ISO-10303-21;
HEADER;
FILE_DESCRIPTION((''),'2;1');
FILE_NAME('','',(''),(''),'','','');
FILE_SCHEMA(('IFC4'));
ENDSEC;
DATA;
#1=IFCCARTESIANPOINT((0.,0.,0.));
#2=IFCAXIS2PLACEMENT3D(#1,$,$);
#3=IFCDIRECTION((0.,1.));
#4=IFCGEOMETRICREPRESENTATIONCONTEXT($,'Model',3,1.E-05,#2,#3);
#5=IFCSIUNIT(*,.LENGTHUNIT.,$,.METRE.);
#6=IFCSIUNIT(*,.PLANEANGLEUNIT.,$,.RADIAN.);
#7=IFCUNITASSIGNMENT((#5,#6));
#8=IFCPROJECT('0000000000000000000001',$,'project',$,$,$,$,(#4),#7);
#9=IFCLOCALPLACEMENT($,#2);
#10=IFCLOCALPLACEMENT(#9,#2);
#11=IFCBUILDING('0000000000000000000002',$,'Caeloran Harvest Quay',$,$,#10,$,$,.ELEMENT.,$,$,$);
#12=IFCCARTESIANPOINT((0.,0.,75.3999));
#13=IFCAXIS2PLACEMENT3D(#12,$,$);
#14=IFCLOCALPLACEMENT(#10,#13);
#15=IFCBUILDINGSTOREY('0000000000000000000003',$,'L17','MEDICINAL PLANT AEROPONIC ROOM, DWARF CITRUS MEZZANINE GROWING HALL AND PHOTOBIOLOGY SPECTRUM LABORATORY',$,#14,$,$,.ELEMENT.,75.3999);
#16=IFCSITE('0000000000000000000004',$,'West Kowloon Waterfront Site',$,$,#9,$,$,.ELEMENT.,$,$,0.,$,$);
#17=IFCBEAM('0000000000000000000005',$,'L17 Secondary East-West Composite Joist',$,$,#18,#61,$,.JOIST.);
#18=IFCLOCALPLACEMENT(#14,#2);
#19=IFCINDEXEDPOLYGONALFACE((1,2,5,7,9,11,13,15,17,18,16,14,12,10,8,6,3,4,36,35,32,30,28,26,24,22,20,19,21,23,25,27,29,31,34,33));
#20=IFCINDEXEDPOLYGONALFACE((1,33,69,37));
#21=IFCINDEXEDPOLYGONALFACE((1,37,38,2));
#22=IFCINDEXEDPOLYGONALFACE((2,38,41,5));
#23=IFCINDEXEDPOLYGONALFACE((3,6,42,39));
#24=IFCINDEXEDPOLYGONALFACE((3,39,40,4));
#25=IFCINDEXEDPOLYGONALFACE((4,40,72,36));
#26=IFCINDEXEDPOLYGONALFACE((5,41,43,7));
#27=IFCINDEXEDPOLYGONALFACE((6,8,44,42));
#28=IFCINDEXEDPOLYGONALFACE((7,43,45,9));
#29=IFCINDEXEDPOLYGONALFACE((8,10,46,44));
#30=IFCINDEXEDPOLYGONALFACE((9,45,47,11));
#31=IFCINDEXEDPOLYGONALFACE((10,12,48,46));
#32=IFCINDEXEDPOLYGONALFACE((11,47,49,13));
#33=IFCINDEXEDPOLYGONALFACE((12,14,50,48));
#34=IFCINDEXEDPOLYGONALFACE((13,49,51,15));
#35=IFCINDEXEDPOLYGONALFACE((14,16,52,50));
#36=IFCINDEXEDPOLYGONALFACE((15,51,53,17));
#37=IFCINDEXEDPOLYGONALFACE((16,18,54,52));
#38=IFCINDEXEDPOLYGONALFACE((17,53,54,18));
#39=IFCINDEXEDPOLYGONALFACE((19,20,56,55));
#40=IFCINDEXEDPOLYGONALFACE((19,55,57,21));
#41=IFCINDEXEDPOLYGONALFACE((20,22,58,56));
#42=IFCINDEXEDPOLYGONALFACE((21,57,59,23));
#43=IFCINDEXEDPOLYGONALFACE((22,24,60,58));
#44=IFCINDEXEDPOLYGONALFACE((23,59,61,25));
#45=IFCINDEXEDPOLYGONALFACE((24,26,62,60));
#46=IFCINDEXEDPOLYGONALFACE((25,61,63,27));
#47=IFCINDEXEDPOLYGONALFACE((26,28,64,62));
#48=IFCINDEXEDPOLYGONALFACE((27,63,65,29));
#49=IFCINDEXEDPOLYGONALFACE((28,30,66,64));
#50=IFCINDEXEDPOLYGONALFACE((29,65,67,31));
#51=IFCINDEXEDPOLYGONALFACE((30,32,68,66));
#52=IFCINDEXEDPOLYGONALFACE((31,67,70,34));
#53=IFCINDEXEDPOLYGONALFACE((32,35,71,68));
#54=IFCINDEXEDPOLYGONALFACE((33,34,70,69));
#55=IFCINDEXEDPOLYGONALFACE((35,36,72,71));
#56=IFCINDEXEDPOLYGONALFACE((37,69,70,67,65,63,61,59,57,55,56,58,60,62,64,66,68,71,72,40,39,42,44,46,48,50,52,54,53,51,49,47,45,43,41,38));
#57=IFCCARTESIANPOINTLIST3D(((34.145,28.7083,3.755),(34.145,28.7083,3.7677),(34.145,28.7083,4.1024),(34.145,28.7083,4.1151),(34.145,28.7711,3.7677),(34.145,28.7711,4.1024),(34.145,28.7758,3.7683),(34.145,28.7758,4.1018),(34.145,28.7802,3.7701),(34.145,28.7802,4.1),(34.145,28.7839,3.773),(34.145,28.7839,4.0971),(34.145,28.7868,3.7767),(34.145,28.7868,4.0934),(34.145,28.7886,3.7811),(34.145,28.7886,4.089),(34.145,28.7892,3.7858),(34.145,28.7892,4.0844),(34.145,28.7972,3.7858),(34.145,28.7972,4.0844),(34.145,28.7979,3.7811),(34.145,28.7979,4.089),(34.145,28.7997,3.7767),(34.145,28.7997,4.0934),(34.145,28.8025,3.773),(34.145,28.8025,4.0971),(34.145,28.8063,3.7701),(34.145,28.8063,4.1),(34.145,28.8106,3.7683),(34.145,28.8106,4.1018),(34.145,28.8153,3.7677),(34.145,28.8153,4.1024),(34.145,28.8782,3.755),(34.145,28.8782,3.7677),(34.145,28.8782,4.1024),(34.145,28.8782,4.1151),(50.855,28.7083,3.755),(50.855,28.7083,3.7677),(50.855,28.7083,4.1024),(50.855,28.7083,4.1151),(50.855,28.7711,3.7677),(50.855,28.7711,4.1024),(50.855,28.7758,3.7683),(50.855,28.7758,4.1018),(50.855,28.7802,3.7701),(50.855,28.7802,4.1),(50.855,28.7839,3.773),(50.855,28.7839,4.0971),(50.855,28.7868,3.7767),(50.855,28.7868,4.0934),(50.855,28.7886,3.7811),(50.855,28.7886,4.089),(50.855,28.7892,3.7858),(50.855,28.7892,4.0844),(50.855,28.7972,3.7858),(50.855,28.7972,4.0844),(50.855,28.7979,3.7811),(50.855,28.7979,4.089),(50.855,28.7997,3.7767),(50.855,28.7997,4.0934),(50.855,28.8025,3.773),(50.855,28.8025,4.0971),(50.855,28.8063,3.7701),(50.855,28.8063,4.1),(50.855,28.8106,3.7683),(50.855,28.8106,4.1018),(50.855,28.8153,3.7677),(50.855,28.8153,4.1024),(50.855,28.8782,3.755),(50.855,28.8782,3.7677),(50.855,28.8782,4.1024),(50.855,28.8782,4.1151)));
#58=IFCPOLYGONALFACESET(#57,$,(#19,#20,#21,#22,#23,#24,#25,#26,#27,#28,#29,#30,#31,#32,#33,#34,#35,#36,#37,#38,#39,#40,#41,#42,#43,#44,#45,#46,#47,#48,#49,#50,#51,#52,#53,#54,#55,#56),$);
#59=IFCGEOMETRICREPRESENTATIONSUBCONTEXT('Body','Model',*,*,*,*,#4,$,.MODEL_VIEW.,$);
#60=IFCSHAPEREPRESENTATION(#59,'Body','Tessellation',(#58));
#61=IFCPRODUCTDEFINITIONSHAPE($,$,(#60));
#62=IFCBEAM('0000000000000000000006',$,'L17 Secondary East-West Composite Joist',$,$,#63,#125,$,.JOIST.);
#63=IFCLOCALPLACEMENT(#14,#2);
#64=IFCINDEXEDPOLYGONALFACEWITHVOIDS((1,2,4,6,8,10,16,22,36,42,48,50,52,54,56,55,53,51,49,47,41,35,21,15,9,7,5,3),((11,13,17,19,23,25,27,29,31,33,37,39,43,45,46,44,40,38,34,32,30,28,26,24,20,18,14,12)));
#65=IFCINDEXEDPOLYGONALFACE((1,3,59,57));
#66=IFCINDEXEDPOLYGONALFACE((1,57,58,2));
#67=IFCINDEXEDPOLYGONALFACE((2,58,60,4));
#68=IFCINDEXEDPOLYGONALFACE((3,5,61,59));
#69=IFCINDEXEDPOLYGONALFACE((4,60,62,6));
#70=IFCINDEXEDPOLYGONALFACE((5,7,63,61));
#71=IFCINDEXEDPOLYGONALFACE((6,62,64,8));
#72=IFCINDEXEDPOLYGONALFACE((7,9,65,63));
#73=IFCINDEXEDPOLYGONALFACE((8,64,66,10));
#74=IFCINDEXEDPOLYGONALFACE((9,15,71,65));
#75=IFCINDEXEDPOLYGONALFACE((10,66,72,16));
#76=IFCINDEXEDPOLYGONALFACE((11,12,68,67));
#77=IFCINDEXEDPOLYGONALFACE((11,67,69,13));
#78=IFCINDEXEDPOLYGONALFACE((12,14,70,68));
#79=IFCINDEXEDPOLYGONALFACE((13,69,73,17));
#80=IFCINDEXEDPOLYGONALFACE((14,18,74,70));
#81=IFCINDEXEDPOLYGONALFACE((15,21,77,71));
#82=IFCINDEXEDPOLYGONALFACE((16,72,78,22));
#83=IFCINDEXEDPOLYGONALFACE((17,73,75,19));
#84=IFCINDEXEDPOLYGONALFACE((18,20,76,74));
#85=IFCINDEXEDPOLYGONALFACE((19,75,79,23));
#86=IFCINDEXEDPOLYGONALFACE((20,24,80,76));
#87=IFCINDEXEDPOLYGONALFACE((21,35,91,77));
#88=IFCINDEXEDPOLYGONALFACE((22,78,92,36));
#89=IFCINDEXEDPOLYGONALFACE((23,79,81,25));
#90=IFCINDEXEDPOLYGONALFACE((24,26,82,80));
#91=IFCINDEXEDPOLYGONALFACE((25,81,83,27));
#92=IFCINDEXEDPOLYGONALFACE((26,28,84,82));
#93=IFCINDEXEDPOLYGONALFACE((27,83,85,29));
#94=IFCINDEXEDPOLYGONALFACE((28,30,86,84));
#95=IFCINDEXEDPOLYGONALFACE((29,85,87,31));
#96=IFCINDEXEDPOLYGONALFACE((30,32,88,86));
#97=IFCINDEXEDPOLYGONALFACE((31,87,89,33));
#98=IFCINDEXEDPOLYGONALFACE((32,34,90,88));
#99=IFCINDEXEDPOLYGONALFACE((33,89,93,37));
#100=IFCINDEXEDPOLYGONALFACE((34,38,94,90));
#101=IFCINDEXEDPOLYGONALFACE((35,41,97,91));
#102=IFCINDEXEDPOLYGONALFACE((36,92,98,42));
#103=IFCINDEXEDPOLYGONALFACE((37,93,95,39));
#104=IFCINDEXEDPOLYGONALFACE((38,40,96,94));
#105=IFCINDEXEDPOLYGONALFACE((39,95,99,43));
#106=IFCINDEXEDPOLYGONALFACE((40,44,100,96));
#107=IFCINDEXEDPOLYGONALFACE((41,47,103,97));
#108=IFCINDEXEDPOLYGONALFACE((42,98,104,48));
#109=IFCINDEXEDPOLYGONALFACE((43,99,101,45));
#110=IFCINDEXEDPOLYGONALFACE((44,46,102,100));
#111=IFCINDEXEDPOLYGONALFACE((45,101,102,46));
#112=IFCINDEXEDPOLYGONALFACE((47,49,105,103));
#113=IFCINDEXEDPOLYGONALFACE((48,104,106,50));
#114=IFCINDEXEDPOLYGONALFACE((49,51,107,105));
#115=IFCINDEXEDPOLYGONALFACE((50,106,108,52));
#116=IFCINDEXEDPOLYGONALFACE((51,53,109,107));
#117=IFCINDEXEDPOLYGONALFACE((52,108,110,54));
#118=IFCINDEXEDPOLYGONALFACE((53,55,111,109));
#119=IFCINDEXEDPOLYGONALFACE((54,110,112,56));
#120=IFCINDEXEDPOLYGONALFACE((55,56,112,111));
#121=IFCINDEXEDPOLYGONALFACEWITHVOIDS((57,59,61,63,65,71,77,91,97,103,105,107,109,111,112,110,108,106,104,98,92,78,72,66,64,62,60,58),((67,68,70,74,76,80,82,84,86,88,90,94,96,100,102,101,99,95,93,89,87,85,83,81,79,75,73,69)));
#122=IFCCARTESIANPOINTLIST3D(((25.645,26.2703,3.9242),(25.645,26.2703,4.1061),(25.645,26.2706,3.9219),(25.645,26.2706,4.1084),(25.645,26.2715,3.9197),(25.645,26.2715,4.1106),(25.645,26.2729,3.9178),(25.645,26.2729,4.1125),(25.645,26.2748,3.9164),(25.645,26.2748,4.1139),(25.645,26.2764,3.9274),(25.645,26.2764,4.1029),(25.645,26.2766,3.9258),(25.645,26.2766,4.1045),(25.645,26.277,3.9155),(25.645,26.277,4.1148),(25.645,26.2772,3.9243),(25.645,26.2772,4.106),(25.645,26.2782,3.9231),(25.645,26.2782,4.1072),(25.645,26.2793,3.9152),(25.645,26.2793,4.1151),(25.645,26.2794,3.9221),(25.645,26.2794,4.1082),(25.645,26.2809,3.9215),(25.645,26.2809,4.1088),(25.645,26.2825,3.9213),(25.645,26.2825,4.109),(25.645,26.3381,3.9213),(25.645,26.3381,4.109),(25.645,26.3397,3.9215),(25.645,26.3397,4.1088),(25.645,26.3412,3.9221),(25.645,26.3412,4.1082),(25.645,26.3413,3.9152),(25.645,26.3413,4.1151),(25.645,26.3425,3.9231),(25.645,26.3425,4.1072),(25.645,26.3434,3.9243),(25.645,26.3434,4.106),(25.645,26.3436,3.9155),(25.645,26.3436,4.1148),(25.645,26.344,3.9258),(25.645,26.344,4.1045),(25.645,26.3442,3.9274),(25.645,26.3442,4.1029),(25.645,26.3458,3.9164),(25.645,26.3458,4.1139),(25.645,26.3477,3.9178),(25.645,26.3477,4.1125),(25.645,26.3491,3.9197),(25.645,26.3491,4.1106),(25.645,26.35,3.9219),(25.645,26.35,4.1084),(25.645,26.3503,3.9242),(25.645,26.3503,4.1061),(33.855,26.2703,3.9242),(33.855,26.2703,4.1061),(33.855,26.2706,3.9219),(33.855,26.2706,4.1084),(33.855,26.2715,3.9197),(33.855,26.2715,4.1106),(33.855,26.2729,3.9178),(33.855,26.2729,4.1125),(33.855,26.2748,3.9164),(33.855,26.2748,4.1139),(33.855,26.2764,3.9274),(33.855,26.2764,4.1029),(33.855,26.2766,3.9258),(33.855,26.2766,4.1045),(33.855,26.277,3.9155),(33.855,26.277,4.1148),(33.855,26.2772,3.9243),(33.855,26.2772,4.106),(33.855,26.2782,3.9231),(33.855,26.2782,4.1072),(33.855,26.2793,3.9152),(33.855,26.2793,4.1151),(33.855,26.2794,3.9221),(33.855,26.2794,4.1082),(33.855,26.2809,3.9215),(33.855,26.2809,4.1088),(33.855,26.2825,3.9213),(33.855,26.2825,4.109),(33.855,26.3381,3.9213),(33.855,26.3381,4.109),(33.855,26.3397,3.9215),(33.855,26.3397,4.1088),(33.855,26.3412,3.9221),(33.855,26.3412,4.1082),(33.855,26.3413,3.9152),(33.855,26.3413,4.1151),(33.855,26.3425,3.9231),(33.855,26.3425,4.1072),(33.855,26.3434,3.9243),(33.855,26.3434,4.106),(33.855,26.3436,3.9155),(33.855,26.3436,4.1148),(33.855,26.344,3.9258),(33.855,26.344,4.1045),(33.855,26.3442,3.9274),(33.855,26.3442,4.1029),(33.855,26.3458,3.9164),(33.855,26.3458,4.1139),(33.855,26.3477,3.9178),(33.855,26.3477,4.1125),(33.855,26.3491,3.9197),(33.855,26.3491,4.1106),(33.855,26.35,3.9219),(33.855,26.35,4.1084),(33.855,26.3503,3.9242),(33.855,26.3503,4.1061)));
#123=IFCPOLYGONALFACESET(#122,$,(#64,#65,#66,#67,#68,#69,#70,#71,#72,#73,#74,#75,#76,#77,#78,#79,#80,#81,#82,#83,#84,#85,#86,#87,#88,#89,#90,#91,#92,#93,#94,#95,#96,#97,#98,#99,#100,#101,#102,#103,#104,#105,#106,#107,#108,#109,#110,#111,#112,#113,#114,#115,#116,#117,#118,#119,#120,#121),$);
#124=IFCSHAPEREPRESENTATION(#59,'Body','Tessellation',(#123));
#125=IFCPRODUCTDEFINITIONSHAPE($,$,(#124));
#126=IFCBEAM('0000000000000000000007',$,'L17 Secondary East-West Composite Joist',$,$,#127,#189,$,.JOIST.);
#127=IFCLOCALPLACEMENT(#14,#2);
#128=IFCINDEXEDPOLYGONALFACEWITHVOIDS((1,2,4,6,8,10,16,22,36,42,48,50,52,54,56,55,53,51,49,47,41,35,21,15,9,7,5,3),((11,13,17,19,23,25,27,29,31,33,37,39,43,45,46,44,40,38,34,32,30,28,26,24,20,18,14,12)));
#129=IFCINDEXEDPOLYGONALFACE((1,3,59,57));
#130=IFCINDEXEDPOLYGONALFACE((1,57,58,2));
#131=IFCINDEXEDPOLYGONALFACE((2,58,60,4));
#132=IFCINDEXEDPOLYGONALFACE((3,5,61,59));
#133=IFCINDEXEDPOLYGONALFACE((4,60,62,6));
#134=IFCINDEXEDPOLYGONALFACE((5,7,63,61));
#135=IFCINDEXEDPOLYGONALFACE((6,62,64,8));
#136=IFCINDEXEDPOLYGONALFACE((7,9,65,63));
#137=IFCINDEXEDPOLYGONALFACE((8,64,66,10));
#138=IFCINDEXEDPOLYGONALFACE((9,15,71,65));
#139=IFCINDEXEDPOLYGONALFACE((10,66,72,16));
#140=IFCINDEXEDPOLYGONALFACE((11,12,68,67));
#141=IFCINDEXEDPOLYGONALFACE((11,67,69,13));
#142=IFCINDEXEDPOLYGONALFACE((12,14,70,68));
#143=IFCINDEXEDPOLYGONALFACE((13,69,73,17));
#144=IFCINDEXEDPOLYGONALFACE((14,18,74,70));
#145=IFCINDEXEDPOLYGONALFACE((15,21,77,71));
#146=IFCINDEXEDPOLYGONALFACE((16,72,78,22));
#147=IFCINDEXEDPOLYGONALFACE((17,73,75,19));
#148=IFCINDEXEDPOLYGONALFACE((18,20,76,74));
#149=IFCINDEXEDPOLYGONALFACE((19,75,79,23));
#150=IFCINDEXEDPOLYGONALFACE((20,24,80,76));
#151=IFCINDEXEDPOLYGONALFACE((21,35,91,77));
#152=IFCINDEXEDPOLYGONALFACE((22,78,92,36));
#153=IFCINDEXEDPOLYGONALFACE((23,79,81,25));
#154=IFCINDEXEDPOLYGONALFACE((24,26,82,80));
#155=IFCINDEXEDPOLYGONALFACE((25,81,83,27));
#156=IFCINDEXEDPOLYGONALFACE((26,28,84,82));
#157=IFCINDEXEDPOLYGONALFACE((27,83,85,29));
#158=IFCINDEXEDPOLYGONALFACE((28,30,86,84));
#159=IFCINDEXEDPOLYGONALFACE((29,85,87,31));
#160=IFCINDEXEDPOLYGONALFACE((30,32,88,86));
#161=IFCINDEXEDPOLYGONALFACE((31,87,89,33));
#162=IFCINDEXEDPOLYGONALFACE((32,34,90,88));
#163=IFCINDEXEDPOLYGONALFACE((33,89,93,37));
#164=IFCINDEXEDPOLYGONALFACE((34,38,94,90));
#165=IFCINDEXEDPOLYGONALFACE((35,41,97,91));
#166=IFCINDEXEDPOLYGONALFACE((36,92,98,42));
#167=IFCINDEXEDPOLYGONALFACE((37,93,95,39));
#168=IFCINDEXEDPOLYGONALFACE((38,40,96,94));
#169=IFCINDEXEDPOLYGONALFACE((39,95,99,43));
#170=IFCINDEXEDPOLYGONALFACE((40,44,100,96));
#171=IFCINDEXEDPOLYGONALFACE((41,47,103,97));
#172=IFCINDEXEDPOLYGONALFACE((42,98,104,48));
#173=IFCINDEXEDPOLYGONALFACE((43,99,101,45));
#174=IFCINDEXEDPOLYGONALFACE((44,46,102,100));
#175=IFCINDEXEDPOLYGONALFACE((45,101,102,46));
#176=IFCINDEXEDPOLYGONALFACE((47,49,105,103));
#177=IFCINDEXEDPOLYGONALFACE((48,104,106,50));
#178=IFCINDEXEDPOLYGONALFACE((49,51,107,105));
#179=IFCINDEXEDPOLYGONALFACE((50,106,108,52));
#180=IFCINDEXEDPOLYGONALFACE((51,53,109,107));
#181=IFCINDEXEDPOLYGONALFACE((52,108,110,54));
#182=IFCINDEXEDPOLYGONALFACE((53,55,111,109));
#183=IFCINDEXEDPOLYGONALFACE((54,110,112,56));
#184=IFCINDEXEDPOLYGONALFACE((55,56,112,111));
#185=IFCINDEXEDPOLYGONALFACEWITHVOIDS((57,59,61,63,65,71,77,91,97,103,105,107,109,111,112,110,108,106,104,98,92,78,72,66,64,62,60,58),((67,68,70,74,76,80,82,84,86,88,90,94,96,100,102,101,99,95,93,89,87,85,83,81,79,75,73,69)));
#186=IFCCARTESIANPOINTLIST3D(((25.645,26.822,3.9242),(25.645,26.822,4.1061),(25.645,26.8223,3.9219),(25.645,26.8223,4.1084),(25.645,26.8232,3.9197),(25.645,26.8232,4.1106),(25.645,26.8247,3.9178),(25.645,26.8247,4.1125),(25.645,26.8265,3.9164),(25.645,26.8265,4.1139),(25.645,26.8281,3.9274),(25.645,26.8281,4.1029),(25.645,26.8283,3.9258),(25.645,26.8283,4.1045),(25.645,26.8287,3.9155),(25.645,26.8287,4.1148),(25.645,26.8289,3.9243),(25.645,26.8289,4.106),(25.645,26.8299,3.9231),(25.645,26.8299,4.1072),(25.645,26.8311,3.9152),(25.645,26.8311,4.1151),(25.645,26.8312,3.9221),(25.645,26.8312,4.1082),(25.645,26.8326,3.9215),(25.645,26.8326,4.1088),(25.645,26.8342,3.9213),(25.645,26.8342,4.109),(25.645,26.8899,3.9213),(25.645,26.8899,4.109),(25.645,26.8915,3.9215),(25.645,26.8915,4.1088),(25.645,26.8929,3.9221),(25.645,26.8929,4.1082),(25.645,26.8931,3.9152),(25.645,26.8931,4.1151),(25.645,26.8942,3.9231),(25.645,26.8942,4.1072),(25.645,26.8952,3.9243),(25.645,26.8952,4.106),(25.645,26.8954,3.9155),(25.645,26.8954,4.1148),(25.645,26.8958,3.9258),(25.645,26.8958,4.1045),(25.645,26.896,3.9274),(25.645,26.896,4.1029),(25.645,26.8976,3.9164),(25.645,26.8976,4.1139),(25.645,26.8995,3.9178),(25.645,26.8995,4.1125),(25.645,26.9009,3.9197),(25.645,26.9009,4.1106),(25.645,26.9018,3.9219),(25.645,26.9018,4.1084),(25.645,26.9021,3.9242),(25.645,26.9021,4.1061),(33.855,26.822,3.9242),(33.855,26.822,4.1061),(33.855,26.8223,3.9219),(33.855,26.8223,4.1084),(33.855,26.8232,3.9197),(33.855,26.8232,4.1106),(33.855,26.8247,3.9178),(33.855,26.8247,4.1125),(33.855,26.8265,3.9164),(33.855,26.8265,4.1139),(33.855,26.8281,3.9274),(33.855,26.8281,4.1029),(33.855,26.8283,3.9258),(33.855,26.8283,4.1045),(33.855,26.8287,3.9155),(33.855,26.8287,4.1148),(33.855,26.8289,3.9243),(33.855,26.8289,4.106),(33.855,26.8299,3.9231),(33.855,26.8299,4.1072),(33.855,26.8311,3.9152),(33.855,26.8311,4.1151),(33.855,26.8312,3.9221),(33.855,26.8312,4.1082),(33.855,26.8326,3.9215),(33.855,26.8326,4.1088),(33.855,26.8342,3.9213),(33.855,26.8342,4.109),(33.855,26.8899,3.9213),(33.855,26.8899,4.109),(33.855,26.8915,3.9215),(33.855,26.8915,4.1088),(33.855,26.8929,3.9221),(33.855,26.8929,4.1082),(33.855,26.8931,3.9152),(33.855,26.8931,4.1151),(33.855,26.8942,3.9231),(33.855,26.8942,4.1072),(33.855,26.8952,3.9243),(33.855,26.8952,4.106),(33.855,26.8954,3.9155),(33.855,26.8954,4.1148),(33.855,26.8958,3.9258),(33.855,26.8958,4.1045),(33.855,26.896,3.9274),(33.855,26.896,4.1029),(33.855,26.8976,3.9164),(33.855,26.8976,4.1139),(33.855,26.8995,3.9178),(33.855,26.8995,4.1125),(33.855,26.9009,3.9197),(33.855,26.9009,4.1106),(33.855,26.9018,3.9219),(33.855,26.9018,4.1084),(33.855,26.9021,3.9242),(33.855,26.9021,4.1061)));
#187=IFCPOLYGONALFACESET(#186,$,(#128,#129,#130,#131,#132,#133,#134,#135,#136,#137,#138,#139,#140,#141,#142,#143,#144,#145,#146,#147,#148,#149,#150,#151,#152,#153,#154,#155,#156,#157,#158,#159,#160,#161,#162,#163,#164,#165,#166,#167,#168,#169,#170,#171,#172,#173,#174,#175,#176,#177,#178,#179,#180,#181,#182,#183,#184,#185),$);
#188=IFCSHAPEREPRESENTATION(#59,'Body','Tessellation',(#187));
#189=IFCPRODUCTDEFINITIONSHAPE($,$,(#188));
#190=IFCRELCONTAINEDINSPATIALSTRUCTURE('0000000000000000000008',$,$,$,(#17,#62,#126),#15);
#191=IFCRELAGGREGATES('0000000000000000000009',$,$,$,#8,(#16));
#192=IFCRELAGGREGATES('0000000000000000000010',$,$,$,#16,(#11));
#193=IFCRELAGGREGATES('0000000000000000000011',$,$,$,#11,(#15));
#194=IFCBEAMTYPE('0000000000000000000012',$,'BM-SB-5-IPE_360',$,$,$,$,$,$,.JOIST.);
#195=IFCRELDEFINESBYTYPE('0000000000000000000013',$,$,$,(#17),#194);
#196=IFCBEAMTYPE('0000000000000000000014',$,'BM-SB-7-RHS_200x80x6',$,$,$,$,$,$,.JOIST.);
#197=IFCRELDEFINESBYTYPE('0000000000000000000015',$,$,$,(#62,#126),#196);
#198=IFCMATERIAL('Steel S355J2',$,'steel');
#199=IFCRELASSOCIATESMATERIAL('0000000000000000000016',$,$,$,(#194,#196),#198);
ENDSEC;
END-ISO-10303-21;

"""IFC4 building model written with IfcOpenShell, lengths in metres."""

from ifc_helpers import new_model, si_unit, direction, frame, origin, origin_2d, place, context, subcontext, project, spatial, hollow_rectangle, i_section, extrude, material, material_profile, profile_set, type_object, element, save


model = new_model("IFC4")

# Units and contexts
model_context = context("Model", 3, precision=1e-05, world=origin(), true_north=direction((0.0, 1.0)))
body_context = subcontext(model_context, "Body", "Model", "MODEL_VIEW")
ifc_project = project(units=[si_unit("LENGTHUNIT", "METRE"), si_unit("PLANEANGLEUNIT", "RADIAN")], contexts=[model_context])

# Site, building, storey
site_placement = place(None, origin())
site = spatial("IfcSite", under=ifc_project, at=site_placement, Name="West Kowloon Waterfront Site", CompositionType="ELEMENT", RefElevation=0.0)
building_placement = place(site_placement, origin())
building = spatial("IfcBuilding", under=site, at=building_placement, Name="Caeloran Harvest Quay", CompositionType="ELEMENT")
storey_placement = place(building_placement, frame((0.0, 0.0, 75.3999)))
storey = spatial("IfcBuildingStorey", under=building, at=storey_placement, Name="L17", Description="MEDICINAL PLANT AEROPONIC ROOM, DWARF CITRUS MEZZANINE GROWING HALL AND PHOTOBIOLOGY SPECTRUM LABORATORY", CompositionType="ELEMENT", Elevation=75.3999)

# Beams
ifc_material_1 = material(Name="Steel S355J2", Category="steel")
ifc_material_profile_1 = material_profile(ifc_material_1, i_section(OverallWidth=0.1699, OverallDepth=0.3601, WebThickness=0.0081, FlangeThickness=0.0127, FilletRadius=0.0181, at=origin_2d()), Name="IPE 360")
ifc_profile_set_1 = profile_set([ifc_material_profile_1], Name="Steel S355J2")
beam_type_1 = type_object("IfcBeamType", Name="BM-SB-5-IPE_360", PredefinedType="JOIST", material=ifc_profile_set_1)
beam_1_placement = place(storey_placement, frame((34.145, 28.7932, 3.9351), z_axis=(1.0, 0.0, 0.0), x_axis=(0.0, 1.0, 0.0)))
element("IfcBeam", 1, at=beam_1_placement, inside=storey, type_object=beam_type_1, Name="L17 Secondary East-West Composite Joist", PredefinedType="JOIST", context=body_context, shape_type="SweptSolid", body=[
    extrude(i_section(OverallWidth=0.1699, OverallDepth=0.3601, WebThickness=0.0081, FlangeThickness=0.0127, FilletRadius=0.0181, at=origin_2d()), origin(), (0.0, 0.0, 1.0), 16.71),
])
ifc_material_profile_2 = material_profile(ifc_material_1, hollow_rectangle(XDim=0.0801, YDim=0.2, WallThickness=0.0061, InnerFilletRadius=0.0061, OuterFilletRadius=0.009, at=origin_2d()), Name="RHS 200x80x6")
ifc_profile_set_2 = profile_set([ifc_material_profile_2], Name="Steel S355J2")
beam_type_2 = type_object("IfcBeamType", Name="BM-SB-7-RHS_200x80x6", PredefinedType="JOIST", material=ifc_profile_set_2)
for number, where, z_axis, x_axis, name in (
    (2, (25.645, 26.3103, 4.0151), (1.0, 0.0, 0.0), (0.0, 1.0, 0.0), "L17 Secondary East-West Composite Joist"),
    (3, (25.645, 26.8621, 4.0151), (1.0, 0.0, 0.0), (0.0, 1.0, 0.0), "L17 Secondary East-West Composite Joist"),
):
    element("IfcBeam", number, at=place(storey_placement, frame(where, z_axis=z_axis, x_axis=x_axis)), inside=storey, type_object=beam_type_2, Name=name, PredefinedType="JOIST", context=body_context, shape_type="SweptSolid", body=[
        extrude(hollow_rectangle(XDim=0.0801, YDim=0.2, WallThickness=0.0061, InnerFilletRadius=0.0061, OuterFilletRadius=0.009, at=origin_2d()), origin(), (0.0, 0.0, 1.0), 8.21),
    ])

save(model, "model.ifc")
